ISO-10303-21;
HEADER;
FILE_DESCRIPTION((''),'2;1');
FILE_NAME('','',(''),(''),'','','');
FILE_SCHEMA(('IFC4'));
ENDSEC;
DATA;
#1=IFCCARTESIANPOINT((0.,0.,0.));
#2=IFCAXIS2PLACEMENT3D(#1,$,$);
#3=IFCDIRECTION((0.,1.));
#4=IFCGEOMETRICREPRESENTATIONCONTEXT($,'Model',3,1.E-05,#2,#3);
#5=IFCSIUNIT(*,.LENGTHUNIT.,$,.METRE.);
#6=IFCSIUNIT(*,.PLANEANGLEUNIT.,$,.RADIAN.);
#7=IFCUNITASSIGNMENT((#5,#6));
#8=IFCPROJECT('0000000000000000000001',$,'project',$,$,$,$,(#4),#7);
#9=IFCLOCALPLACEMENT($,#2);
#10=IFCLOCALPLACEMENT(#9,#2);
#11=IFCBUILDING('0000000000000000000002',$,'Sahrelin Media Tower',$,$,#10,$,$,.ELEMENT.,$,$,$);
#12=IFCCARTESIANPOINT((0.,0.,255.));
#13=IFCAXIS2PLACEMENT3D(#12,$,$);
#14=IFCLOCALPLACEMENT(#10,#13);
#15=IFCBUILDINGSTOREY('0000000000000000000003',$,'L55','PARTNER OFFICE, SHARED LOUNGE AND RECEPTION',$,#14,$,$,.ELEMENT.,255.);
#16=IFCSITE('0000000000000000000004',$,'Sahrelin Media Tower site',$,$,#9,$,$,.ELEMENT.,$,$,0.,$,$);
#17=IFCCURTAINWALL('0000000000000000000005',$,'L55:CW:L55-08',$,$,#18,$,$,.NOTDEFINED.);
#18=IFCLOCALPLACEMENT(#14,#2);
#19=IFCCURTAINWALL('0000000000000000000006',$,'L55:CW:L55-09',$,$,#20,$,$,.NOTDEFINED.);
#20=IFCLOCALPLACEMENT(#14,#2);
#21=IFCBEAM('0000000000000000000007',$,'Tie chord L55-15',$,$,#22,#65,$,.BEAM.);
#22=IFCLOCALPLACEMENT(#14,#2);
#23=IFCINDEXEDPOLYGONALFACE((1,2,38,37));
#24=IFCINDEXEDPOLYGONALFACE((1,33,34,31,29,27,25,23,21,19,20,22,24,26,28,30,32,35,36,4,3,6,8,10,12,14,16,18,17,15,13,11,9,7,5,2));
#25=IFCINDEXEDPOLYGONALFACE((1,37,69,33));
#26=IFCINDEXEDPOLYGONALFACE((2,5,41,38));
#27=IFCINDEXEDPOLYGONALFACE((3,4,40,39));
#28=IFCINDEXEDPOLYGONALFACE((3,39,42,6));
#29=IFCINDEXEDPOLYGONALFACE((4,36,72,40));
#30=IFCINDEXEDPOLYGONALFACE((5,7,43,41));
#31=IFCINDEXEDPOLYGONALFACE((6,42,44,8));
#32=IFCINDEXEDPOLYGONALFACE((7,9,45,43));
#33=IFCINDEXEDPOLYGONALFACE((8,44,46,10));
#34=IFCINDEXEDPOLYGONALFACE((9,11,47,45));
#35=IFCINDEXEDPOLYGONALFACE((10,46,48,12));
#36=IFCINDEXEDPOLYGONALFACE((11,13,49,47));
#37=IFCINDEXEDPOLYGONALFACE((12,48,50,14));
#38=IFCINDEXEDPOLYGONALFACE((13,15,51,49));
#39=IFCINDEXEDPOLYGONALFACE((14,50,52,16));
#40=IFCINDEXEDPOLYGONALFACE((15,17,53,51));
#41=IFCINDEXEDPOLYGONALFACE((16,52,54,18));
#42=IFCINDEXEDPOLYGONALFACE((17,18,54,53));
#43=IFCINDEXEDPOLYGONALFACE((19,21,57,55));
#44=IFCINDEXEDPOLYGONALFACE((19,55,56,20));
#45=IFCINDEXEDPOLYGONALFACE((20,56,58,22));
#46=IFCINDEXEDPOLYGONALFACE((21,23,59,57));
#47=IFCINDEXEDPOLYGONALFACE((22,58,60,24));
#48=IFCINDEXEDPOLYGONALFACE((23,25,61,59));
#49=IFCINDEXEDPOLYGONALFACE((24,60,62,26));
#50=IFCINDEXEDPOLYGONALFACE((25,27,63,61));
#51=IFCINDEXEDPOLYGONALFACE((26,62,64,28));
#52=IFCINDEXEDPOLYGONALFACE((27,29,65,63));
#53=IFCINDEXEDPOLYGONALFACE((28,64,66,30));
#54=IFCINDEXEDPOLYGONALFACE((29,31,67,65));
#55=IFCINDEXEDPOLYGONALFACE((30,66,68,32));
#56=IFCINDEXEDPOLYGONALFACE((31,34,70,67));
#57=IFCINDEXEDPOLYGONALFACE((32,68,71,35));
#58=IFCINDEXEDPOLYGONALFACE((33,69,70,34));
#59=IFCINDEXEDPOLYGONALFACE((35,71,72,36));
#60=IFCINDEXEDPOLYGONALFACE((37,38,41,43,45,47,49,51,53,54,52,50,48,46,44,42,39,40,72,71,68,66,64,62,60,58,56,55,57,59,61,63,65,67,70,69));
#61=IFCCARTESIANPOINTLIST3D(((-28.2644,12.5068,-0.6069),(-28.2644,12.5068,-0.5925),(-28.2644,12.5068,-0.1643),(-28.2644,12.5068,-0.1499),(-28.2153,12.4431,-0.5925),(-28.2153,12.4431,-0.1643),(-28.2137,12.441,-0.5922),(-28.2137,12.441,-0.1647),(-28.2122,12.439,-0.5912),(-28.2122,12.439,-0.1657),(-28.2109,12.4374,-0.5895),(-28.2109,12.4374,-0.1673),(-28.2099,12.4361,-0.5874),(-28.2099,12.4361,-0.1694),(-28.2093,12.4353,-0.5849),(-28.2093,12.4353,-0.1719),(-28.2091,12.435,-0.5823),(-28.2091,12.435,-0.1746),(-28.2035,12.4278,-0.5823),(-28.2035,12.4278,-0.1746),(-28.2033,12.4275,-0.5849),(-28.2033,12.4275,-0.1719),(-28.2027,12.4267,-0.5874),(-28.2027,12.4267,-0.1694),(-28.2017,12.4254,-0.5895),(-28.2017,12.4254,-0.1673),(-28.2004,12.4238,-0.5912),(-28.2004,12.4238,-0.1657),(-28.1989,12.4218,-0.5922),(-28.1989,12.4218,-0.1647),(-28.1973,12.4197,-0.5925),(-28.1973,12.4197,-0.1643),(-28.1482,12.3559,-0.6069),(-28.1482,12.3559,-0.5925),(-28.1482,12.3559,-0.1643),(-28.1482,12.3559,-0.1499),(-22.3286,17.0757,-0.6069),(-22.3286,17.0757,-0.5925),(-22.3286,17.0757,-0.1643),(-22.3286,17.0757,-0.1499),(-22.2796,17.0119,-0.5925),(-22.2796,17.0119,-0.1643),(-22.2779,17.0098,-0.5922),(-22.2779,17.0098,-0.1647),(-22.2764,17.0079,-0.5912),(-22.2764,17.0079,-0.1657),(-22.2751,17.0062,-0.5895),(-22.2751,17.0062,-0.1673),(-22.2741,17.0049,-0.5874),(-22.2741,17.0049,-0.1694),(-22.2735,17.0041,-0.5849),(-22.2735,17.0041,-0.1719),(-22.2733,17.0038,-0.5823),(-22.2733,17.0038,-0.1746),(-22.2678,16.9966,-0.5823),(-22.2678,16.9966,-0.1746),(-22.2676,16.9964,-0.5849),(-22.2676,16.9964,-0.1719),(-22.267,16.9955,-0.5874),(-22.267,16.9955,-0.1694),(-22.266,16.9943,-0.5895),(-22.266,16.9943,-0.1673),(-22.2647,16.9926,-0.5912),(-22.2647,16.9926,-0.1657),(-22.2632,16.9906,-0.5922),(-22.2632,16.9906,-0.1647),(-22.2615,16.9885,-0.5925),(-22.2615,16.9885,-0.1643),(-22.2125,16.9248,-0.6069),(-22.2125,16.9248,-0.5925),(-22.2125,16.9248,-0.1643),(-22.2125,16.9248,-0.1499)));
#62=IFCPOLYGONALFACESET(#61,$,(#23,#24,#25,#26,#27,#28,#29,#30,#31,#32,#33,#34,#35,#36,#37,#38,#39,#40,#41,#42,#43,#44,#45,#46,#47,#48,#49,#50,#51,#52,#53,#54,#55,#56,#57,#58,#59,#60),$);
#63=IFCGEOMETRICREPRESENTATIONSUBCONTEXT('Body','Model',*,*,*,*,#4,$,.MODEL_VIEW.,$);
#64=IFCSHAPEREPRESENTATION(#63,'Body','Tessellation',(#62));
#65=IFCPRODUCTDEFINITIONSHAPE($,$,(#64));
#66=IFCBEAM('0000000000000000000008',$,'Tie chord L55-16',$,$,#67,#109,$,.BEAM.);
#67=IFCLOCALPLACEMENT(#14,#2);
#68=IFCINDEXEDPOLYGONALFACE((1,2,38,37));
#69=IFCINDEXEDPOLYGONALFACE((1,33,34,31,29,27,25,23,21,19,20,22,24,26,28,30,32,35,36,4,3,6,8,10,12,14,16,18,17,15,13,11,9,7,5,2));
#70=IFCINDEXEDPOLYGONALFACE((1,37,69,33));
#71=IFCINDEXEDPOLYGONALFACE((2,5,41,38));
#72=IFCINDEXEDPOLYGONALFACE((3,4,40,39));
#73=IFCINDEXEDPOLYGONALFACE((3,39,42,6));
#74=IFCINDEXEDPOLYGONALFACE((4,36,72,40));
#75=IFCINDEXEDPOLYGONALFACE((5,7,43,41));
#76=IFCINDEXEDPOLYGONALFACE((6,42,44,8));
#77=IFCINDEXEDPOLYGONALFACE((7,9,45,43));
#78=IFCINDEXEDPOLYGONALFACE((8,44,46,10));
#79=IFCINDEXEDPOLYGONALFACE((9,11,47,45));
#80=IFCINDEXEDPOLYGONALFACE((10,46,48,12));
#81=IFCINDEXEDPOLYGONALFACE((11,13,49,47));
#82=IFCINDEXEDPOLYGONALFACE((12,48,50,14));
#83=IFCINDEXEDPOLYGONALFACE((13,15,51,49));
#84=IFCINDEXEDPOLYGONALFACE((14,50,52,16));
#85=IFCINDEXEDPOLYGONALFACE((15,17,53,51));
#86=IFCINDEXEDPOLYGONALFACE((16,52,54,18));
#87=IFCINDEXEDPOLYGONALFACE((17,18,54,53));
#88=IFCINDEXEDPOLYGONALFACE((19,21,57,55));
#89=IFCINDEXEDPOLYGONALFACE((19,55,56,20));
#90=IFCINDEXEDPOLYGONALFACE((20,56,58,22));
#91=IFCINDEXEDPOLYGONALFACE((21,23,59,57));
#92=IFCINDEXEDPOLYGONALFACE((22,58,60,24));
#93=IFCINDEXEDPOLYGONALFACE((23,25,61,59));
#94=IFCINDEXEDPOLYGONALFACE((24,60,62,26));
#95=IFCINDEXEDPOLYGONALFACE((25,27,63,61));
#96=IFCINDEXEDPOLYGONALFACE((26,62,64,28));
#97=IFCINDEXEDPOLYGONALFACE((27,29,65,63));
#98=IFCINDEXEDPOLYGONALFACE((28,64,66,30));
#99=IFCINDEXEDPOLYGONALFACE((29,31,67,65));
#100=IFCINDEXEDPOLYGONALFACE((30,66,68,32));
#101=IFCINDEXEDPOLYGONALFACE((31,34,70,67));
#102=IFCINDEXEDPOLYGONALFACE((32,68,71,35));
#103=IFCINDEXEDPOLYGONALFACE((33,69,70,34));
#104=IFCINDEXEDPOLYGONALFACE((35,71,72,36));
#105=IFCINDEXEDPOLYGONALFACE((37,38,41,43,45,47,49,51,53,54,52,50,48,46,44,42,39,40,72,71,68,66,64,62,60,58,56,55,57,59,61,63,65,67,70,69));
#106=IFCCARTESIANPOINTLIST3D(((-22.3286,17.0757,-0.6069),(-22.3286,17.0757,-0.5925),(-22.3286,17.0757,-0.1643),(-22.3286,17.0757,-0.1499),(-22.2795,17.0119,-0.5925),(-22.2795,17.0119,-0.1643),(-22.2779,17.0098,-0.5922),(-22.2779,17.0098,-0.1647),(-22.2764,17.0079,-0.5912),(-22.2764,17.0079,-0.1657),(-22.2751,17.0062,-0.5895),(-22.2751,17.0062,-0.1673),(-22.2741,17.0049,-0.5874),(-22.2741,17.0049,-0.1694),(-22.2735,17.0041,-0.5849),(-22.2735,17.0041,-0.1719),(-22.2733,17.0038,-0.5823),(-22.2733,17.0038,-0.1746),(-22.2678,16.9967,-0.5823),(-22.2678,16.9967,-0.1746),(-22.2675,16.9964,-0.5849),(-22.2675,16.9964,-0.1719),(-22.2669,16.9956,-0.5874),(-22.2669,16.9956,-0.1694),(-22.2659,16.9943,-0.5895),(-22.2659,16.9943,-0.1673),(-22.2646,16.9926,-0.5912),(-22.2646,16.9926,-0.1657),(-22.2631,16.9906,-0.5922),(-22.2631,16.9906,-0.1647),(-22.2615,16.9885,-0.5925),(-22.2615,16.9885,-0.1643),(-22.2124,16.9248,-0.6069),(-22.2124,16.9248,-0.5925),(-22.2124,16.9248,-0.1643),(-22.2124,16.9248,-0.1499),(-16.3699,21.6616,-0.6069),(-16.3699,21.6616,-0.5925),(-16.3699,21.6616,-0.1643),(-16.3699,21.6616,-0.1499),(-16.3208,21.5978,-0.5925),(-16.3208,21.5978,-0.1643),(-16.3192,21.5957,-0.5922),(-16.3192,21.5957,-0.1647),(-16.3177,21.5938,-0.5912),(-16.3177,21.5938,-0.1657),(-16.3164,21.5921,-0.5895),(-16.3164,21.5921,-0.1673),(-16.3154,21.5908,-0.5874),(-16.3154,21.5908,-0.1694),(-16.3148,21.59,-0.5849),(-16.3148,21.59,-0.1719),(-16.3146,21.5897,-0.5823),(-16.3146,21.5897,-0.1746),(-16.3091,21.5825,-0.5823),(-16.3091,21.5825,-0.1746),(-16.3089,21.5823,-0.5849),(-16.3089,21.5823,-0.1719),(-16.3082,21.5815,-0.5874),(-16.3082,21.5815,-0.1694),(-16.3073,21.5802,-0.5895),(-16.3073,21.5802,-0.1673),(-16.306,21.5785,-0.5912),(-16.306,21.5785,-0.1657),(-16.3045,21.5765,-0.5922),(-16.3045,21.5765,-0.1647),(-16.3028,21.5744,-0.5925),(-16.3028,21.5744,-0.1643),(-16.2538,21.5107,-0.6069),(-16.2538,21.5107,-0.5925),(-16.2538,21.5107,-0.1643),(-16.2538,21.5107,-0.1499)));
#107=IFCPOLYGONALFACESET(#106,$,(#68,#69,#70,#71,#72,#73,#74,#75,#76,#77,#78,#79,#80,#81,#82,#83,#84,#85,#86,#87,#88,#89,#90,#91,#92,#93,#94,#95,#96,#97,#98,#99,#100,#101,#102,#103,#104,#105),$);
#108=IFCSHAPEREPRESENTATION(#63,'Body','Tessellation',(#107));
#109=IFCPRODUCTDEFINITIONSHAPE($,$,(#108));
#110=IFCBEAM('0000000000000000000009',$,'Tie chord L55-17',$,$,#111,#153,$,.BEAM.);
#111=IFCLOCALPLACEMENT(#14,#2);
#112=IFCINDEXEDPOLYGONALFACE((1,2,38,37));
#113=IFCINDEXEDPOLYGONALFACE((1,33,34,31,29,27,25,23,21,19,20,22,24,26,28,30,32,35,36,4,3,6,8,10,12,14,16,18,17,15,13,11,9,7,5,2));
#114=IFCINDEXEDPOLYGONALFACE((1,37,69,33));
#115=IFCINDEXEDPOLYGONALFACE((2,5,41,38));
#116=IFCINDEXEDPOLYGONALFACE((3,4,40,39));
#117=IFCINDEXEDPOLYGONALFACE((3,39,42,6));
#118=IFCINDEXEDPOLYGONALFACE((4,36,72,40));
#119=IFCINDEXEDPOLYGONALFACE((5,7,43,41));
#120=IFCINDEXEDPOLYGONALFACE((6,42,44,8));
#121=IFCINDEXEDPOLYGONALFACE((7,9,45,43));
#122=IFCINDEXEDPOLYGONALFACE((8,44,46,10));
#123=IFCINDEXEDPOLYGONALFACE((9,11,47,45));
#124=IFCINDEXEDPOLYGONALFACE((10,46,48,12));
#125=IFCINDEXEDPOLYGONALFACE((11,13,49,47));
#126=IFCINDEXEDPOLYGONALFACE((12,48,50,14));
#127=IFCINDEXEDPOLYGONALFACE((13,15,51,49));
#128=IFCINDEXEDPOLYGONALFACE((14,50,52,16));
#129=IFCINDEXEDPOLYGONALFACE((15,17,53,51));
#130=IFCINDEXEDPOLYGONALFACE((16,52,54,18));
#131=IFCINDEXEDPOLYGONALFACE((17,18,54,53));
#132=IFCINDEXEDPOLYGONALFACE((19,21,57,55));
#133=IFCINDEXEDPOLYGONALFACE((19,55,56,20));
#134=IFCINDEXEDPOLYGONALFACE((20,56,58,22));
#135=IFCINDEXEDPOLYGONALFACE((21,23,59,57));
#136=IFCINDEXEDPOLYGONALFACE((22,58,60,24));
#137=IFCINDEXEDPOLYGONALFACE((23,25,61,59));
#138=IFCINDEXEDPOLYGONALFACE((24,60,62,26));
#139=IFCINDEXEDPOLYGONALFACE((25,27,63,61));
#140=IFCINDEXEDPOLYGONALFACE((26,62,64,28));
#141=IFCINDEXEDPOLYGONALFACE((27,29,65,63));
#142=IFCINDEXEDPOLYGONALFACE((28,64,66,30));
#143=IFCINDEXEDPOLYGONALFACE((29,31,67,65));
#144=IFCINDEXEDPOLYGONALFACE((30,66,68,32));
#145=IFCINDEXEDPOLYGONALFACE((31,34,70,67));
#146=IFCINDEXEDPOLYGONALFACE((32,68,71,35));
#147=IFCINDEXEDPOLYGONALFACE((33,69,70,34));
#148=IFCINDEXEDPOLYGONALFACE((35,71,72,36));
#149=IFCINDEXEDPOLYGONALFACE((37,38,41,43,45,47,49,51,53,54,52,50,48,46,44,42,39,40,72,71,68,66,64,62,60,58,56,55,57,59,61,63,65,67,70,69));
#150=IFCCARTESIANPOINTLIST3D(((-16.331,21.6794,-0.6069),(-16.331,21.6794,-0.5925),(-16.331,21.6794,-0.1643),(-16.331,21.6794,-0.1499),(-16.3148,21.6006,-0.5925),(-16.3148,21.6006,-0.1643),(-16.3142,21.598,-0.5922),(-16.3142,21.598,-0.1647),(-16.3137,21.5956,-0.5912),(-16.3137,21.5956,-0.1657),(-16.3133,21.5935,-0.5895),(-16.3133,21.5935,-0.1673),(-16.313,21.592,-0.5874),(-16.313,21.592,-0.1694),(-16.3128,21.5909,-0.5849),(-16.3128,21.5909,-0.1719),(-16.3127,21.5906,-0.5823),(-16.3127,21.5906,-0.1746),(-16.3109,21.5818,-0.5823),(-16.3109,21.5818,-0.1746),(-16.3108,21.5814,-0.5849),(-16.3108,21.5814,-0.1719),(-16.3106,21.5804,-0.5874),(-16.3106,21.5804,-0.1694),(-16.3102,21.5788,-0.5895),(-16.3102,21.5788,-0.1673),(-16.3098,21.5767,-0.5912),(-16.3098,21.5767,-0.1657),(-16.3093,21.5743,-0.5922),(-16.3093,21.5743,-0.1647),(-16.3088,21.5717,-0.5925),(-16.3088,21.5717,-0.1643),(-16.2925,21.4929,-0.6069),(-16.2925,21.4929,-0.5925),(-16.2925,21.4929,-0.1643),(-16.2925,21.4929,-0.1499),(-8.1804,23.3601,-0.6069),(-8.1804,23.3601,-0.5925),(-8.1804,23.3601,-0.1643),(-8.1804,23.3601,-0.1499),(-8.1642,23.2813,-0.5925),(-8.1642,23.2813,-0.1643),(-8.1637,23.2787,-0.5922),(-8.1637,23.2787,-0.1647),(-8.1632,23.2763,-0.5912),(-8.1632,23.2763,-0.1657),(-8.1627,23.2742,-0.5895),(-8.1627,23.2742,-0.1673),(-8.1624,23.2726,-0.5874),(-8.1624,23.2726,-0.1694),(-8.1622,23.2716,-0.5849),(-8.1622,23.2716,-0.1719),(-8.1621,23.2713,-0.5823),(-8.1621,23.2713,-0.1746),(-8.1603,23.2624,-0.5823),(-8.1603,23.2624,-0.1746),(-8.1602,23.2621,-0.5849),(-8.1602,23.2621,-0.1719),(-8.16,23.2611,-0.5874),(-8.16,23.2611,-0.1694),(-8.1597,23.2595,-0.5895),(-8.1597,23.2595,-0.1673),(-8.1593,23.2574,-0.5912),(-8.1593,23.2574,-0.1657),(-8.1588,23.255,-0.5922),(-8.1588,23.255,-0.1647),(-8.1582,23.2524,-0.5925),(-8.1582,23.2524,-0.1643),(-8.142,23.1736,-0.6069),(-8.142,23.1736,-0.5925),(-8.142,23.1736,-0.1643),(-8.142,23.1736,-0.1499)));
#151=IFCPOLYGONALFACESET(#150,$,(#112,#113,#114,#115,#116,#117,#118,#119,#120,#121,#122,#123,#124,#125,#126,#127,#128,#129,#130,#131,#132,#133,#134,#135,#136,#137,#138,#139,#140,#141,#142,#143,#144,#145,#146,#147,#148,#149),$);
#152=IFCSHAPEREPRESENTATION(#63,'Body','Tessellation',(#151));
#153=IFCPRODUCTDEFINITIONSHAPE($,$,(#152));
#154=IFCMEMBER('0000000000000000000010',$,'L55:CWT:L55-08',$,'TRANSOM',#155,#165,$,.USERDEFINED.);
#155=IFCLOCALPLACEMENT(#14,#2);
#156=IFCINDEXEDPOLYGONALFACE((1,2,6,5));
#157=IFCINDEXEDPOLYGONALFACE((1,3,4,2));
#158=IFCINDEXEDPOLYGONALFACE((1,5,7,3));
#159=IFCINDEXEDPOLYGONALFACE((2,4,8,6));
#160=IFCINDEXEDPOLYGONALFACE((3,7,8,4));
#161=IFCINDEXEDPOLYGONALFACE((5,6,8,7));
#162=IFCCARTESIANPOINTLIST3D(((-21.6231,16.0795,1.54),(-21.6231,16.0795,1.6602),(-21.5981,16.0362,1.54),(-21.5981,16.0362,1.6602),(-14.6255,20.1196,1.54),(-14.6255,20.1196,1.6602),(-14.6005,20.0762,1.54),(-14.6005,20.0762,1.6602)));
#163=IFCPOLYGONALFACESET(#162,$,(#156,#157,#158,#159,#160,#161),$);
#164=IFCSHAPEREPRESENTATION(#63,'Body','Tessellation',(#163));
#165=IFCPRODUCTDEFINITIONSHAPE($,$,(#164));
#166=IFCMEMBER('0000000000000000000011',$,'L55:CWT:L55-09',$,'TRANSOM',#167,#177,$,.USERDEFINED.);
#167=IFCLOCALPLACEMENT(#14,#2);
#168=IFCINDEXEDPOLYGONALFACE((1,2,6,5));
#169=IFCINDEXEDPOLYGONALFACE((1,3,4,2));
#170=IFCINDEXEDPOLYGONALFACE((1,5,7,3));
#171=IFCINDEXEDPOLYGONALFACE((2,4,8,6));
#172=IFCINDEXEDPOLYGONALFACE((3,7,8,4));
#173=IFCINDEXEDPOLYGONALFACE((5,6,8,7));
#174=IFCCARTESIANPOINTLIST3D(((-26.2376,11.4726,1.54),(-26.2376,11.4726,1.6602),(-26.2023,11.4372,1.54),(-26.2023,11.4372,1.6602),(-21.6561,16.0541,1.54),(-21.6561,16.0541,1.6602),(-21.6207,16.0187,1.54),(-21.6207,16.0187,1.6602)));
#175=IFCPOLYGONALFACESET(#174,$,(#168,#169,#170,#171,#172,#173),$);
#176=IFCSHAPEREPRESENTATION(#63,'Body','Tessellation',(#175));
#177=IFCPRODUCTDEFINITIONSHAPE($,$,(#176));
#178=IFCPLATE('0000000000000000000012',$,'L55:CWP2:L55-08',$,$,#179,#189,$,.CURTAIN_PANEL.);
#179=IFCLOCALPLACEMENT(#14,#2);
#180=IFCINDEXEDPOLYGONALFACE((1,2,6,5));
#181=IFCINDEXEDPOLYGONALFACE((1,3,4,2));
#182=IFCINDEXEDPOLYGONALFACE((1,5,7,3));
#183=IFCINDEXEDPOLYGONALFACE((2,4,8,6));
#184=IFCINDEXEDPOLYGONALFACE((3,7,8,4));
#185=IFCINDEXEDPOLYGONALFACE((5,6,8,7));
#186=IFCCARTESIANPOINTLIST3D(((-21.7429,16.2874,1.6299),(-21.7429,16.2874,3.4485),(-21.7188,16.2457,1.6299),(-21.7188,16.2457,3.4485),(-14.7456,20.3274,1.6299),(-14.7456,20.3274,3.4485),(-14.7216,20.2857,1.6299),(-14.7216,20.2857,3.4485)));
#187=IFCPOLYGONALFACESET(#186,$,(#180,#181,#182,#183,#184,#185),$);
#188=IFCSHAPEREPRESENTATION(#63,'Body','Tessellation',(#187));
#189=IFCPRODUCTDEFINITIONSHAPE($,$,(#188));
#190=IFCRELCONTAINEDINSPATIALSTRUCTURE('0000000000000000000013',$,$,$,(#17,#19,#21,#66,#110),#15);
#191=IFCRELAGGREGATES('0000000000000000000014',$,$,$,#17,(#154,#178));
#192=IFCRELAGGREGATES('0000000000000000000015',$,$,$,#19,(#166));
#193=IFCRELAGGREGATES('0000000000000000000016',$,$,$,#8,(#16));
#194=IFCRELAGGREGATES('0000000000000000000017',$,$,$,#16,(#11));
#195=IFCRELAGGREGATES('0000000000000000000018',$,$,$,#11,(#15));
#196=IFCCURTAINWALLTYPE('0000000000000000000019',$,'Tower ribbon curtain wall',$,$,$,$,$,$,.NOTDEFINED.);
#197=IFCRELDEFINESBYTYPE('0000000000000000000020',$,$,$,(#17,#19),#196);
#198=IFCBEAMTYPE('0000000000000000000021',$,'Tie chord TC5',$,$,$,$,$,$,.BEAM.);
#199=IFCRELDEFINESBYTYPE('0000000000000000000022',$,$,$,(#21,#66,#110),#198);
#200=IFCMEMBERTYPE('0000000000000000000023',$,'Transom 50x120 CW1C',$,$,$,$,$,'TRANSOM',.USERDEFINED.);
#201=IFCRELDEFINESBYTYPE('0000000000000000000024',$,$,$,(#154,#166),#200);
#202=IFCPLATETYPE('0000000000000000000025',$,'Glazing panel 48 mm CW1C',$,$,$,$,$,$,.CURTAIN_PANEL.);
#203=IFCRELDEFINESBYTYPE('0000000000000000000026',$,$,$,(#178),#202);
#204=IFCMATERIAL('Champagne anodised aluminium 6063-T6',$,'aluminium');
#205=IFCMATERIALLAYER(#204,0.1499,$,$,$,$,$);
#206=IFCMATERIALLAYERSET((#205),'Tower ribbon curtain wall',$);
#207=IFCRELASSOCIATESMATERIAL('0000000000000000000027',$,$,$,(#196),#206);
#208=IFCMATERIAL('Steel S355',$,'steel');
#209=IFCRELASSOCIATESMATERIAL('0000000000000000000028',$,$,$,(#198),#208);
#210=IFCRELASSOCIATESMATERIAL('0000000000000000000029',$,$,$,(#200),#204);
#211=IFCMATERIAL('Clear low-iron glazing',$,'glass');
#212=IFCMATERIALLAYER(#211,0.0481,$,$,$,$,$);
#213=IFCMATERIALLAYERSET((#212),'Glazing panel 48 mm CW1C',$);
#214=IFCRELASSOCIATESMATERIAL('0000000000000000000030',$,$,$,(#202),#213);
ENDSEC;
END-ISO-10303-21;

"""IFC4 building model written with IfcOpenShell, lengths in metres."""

from ifc_helpers import new_model, si_unit, direction, frame, origin, origin_2d, place, context, subcontext, project, spatial, polyline, rectangle, i_section, outline, extrude, material, layer, layer_set, material_profile, profile_set, type_object, element, aggregate, save


model = new_model("IFC4")

# Units and contexts
model_context = context("Model", 3, precision=1e-05, world=origin(), true_north=direction((0.0, 1.0)))
body_context = subcontext(model_context, "Body", "Model", "MODEL_VIEW")
ifc_project = project(units=[si_unit("LENGTHUNIT", "METRE"), si_unit("PLANEANGLEUNIT", "RADIAN")], contexts=[model_context])

# Site, building, storey
site_placement = place(None, origin())
site = spatial("IfcSite", under=ifc_project, at=site_placement, Name="Sahrelin Media Tower site", CompositionType="ELEMENT", RefElevation=0.0)
building_placement = place(site_placement, origin())
building = spatial("IfcBuilding", under=site, at=building_placement, Name="Sahrelin Media Tower", CompositionType="ELEMENT")
storey_placement = place(building_placement, frame((0.0, 0.0, 255.0)))
storey = spatial("IfcBuildingStorey", under=building, at=storey_placement, Name="L55", Description="PARTNER OFFICE, SHARED LOUNGE AND RECEPTION", CompositionType="ELEMENT", Elevation=255.0)

# Shared definitions
ifc_material_1 = material(Name="Steel S355", Category="steel")

# Curtain walls
ifc_material_2 = material(Name="Champagne anodised aluminium 6063-T6", Category="aluminium")
ifc_layer_1 = layer(ifc_material_2, 0.1499)
ifc_layer_set_1 = layer_set([ifc_layer_1], Name="Tower ribbon curtain wall")
curtain_wall_type = type_object("IfcCurtainWallType", Name="Tower ribbon curtain wall", PredefinedType="NOTDEFINED", material=ifc_layer_set_1)
curtain_wall_1_placement = place(storey_placement, frame((-18.2344, 18.29, 0.0), z_axis=(0.0, 0.0, 1.0), x_axis=(1.0, 0.0, 0.0)))
curtain_wall_1 = element("IfcCurtainWall", 1, at=curtain_wall_1_placement, inside=storey, type_object=curtain_wall_type, Name="L55:CW:L55-08", PredefinedType="NOTDEFINED")
curtain_wall_2_placement = place(storey_placement, frame((-24.1023, 13.9189, 0.0), z_axis=(0.0, 0.0, 1.0), x_axis=(1.0, 0.0, 0.0)))
curtain_wall_2 = element("IfcCurtainWall", 2, at=curtain_wall_2_placement, inside=storey, type_object=curtain_wall_type, Name="L55:CW:L55-09", PredefinedType="NOTDEFINED")

# Beams
ifc_material_profile_1 = material_profile(ifc_material_1, i_section(OverallWidth=0.1904, OverallDepth=0.457, WebThickness=0.009, FlangeThickness=0.0144, FilletRadius=0.0103, at=origin_2d()), Name="UB 457x191x74")
ifc_profile_set_1 = profile_set([ifc_material_profile_1], Name="Steel S355")
beam_type_1 = type_object("IfcBeamType", Name="Tie chord TC5", PredefinedType="BEAM", material=ifc_profile_set_1)
beam_1_placement = place(storey_placement, frame((-28.2063, 12.4314, -0.3784), z_axis=(0.79244, 0.60995, 0.0), x_axis=(-0.60995, 0.79244, 0.0)))
element("IfcBeam", 3, at=beam_1_placement, inside=storey, type_object=beam_type_1, Name="Tie chord L55-15", PredefinedType="BEAM", context=body_context, shape_type="SweptSolid", body=[
    extrude(i_section(OverallWidth=0.1904, OverallDepth=0.457, WebThickness=0.009, FlangeThickness=0.0144, FilletRadius=0.0103, at=origin_2d()), origin(), (0.0, 0.0, 1.0), 7.4905),
])
beam_2_placement = place(storey_placement, frame((-22.2705, 17.0002, -0.3784), z_axis=(0.792477, 0.609902, 0.0), x_axis=(-0.609902, 0.792477, 0.0)))
element("IfcBeam", 4, at=beam_2_placement, inside=storey, type_object=beam_type_1, Name="Tie chord L55-16", PredefinedType="BEAM", context=body_context, shape_type="SweptSolid", body=[
    extrude(i_section(OverallWidth=0.1904, OverallDepth=0.457, WebThickness=0.009, FlangeThickness=0.0144, FilletRadius=0.0103, at=origin_2d()), origin(), (0.0, 0.0, 1.0), 7.519),
])
beam_3_placement = place(storey_placement, frame((-16.3118, 21.5862, -0.3784), z_axis=(0.979395, 0.201952, 0.0), x_axis=(-0.201952, 0.979395, 0.0)))
element("IfcBeam", 5, at=beam_3_placement, inside=storey, type_object=beam_type_1, Name="Tie chord L55-17", PredefinedType="BEAM", context=body_context, shape_type="SweptSolid", body=[
    extrude(i_section(OverallWidth=0.1904, OverallDepth=0.457, WebThickness=0.009, FlangeThickness=0.0144, FilletRadius=0.0103, at=origin_2d()), origin(), (0.0, 0.0, 1.0), 8.322),
])

# Members
ifc_material_profile_2 = material_profile(ifc_material_2, rectangle(XDim=0.05, YDim=0.1201, at=origin_2d()), Name="Transom 50x120")
ifc_profile_set_2 = profile_set([ifc_material_profile_2], Name="Champagne anodised aluminium 6063-T6")
member_type_1 = type_object("IfcMemberType", Name="Transom 50x120 CW1C", ElementType="TRANSOM", PredefinedType="USERDEFINED", material=ifc_profile_set_2)
member_1_placement = place(storey_placement, frame((-14.613, 20.0979, 1.6001), z_axis=(-0.866026, -0.5, 0.0), x_axis=(0.5, -0.866026, 0.0)))
member_1 = element("IfcMember", 6, at=member_1_placement, type_object=member_type_1, Name="L55:CWT:L55-08", ObjectType="TRANSOM", PredefinedType="USERDEFINED", context=body_context, shape_type="SweptSolid", body=[
    extrude(rectangle(XDim=0.05, YDim=0.1201, at=origin_2d()), origin(), (0.0, 0.0, 1.0), 8.0801),
])
member_2_placement = place(storey_placement, frame((-21.6384, 16.0364, 1.6001), z_axis=(-0.707107, -0.707107, 0.0), x_axis=(0.707107, -0.707107, 0.0)))
member_2 = element("IfcMember", 7, at=member_2_placement, type_object=member_type_1, Name="L55:CWT:L55-09", ObjectType="TRANSOM", PredefinedType="USERDEFINED", context=body_context, shape_type="SweptSolid", body=[
    extrude(rectangle(XDim=0.05, YDim=0.1201, at=origin_2d()), origin(), (0.0, 0.0, 1.0), 6.4792),
])

# Plate
ifc_material_3 = material(Name="Clear low-iron glazing", Category="glass")
ifc_layer_2 = layer(ifc_material_3, 0.0481)
ifc_layer_set_2 = layer_set([ifc_layer_2], Name="Glazing panel 48 mm CW1C")
plate_type_1 = type_object("IfcPlateType", Name="Glazing panel 48 mm CW1C", PredefinedType="CURTAIN_PANEL", material=ifc_layer_set_2)
plate_1_placement = place(storey_placement, frame((-14.7456, 20.3274, 1.6299), z_axis=(-0.500013, 0.866018, 0.0), x_axis=(-0.866018, -0.500013, 0.0)))
plate_1 = element("IfcPlate", 8, at=plate_1_placement, type_object=plate_type_1, Name="L55:CWP2:L55-08", PredefinedType="CURTAIN_PANEL", context=body_context, shape_type="SweptSolid", body=[
    extrude(outline(polyline([(0.0, 0.0), (8.0798, 0.0), (8.0798, 1.8186), (0.0, 1.8186), (0.0, 0.0)])), origin(), (0.0, 0.0, -1.0), 0.0481),
])

aggregate(curtain_wall_1, [member_1, plate_1])
aggregate(curtain_wall_2, [member_2])

save(model, "model.ifc")
